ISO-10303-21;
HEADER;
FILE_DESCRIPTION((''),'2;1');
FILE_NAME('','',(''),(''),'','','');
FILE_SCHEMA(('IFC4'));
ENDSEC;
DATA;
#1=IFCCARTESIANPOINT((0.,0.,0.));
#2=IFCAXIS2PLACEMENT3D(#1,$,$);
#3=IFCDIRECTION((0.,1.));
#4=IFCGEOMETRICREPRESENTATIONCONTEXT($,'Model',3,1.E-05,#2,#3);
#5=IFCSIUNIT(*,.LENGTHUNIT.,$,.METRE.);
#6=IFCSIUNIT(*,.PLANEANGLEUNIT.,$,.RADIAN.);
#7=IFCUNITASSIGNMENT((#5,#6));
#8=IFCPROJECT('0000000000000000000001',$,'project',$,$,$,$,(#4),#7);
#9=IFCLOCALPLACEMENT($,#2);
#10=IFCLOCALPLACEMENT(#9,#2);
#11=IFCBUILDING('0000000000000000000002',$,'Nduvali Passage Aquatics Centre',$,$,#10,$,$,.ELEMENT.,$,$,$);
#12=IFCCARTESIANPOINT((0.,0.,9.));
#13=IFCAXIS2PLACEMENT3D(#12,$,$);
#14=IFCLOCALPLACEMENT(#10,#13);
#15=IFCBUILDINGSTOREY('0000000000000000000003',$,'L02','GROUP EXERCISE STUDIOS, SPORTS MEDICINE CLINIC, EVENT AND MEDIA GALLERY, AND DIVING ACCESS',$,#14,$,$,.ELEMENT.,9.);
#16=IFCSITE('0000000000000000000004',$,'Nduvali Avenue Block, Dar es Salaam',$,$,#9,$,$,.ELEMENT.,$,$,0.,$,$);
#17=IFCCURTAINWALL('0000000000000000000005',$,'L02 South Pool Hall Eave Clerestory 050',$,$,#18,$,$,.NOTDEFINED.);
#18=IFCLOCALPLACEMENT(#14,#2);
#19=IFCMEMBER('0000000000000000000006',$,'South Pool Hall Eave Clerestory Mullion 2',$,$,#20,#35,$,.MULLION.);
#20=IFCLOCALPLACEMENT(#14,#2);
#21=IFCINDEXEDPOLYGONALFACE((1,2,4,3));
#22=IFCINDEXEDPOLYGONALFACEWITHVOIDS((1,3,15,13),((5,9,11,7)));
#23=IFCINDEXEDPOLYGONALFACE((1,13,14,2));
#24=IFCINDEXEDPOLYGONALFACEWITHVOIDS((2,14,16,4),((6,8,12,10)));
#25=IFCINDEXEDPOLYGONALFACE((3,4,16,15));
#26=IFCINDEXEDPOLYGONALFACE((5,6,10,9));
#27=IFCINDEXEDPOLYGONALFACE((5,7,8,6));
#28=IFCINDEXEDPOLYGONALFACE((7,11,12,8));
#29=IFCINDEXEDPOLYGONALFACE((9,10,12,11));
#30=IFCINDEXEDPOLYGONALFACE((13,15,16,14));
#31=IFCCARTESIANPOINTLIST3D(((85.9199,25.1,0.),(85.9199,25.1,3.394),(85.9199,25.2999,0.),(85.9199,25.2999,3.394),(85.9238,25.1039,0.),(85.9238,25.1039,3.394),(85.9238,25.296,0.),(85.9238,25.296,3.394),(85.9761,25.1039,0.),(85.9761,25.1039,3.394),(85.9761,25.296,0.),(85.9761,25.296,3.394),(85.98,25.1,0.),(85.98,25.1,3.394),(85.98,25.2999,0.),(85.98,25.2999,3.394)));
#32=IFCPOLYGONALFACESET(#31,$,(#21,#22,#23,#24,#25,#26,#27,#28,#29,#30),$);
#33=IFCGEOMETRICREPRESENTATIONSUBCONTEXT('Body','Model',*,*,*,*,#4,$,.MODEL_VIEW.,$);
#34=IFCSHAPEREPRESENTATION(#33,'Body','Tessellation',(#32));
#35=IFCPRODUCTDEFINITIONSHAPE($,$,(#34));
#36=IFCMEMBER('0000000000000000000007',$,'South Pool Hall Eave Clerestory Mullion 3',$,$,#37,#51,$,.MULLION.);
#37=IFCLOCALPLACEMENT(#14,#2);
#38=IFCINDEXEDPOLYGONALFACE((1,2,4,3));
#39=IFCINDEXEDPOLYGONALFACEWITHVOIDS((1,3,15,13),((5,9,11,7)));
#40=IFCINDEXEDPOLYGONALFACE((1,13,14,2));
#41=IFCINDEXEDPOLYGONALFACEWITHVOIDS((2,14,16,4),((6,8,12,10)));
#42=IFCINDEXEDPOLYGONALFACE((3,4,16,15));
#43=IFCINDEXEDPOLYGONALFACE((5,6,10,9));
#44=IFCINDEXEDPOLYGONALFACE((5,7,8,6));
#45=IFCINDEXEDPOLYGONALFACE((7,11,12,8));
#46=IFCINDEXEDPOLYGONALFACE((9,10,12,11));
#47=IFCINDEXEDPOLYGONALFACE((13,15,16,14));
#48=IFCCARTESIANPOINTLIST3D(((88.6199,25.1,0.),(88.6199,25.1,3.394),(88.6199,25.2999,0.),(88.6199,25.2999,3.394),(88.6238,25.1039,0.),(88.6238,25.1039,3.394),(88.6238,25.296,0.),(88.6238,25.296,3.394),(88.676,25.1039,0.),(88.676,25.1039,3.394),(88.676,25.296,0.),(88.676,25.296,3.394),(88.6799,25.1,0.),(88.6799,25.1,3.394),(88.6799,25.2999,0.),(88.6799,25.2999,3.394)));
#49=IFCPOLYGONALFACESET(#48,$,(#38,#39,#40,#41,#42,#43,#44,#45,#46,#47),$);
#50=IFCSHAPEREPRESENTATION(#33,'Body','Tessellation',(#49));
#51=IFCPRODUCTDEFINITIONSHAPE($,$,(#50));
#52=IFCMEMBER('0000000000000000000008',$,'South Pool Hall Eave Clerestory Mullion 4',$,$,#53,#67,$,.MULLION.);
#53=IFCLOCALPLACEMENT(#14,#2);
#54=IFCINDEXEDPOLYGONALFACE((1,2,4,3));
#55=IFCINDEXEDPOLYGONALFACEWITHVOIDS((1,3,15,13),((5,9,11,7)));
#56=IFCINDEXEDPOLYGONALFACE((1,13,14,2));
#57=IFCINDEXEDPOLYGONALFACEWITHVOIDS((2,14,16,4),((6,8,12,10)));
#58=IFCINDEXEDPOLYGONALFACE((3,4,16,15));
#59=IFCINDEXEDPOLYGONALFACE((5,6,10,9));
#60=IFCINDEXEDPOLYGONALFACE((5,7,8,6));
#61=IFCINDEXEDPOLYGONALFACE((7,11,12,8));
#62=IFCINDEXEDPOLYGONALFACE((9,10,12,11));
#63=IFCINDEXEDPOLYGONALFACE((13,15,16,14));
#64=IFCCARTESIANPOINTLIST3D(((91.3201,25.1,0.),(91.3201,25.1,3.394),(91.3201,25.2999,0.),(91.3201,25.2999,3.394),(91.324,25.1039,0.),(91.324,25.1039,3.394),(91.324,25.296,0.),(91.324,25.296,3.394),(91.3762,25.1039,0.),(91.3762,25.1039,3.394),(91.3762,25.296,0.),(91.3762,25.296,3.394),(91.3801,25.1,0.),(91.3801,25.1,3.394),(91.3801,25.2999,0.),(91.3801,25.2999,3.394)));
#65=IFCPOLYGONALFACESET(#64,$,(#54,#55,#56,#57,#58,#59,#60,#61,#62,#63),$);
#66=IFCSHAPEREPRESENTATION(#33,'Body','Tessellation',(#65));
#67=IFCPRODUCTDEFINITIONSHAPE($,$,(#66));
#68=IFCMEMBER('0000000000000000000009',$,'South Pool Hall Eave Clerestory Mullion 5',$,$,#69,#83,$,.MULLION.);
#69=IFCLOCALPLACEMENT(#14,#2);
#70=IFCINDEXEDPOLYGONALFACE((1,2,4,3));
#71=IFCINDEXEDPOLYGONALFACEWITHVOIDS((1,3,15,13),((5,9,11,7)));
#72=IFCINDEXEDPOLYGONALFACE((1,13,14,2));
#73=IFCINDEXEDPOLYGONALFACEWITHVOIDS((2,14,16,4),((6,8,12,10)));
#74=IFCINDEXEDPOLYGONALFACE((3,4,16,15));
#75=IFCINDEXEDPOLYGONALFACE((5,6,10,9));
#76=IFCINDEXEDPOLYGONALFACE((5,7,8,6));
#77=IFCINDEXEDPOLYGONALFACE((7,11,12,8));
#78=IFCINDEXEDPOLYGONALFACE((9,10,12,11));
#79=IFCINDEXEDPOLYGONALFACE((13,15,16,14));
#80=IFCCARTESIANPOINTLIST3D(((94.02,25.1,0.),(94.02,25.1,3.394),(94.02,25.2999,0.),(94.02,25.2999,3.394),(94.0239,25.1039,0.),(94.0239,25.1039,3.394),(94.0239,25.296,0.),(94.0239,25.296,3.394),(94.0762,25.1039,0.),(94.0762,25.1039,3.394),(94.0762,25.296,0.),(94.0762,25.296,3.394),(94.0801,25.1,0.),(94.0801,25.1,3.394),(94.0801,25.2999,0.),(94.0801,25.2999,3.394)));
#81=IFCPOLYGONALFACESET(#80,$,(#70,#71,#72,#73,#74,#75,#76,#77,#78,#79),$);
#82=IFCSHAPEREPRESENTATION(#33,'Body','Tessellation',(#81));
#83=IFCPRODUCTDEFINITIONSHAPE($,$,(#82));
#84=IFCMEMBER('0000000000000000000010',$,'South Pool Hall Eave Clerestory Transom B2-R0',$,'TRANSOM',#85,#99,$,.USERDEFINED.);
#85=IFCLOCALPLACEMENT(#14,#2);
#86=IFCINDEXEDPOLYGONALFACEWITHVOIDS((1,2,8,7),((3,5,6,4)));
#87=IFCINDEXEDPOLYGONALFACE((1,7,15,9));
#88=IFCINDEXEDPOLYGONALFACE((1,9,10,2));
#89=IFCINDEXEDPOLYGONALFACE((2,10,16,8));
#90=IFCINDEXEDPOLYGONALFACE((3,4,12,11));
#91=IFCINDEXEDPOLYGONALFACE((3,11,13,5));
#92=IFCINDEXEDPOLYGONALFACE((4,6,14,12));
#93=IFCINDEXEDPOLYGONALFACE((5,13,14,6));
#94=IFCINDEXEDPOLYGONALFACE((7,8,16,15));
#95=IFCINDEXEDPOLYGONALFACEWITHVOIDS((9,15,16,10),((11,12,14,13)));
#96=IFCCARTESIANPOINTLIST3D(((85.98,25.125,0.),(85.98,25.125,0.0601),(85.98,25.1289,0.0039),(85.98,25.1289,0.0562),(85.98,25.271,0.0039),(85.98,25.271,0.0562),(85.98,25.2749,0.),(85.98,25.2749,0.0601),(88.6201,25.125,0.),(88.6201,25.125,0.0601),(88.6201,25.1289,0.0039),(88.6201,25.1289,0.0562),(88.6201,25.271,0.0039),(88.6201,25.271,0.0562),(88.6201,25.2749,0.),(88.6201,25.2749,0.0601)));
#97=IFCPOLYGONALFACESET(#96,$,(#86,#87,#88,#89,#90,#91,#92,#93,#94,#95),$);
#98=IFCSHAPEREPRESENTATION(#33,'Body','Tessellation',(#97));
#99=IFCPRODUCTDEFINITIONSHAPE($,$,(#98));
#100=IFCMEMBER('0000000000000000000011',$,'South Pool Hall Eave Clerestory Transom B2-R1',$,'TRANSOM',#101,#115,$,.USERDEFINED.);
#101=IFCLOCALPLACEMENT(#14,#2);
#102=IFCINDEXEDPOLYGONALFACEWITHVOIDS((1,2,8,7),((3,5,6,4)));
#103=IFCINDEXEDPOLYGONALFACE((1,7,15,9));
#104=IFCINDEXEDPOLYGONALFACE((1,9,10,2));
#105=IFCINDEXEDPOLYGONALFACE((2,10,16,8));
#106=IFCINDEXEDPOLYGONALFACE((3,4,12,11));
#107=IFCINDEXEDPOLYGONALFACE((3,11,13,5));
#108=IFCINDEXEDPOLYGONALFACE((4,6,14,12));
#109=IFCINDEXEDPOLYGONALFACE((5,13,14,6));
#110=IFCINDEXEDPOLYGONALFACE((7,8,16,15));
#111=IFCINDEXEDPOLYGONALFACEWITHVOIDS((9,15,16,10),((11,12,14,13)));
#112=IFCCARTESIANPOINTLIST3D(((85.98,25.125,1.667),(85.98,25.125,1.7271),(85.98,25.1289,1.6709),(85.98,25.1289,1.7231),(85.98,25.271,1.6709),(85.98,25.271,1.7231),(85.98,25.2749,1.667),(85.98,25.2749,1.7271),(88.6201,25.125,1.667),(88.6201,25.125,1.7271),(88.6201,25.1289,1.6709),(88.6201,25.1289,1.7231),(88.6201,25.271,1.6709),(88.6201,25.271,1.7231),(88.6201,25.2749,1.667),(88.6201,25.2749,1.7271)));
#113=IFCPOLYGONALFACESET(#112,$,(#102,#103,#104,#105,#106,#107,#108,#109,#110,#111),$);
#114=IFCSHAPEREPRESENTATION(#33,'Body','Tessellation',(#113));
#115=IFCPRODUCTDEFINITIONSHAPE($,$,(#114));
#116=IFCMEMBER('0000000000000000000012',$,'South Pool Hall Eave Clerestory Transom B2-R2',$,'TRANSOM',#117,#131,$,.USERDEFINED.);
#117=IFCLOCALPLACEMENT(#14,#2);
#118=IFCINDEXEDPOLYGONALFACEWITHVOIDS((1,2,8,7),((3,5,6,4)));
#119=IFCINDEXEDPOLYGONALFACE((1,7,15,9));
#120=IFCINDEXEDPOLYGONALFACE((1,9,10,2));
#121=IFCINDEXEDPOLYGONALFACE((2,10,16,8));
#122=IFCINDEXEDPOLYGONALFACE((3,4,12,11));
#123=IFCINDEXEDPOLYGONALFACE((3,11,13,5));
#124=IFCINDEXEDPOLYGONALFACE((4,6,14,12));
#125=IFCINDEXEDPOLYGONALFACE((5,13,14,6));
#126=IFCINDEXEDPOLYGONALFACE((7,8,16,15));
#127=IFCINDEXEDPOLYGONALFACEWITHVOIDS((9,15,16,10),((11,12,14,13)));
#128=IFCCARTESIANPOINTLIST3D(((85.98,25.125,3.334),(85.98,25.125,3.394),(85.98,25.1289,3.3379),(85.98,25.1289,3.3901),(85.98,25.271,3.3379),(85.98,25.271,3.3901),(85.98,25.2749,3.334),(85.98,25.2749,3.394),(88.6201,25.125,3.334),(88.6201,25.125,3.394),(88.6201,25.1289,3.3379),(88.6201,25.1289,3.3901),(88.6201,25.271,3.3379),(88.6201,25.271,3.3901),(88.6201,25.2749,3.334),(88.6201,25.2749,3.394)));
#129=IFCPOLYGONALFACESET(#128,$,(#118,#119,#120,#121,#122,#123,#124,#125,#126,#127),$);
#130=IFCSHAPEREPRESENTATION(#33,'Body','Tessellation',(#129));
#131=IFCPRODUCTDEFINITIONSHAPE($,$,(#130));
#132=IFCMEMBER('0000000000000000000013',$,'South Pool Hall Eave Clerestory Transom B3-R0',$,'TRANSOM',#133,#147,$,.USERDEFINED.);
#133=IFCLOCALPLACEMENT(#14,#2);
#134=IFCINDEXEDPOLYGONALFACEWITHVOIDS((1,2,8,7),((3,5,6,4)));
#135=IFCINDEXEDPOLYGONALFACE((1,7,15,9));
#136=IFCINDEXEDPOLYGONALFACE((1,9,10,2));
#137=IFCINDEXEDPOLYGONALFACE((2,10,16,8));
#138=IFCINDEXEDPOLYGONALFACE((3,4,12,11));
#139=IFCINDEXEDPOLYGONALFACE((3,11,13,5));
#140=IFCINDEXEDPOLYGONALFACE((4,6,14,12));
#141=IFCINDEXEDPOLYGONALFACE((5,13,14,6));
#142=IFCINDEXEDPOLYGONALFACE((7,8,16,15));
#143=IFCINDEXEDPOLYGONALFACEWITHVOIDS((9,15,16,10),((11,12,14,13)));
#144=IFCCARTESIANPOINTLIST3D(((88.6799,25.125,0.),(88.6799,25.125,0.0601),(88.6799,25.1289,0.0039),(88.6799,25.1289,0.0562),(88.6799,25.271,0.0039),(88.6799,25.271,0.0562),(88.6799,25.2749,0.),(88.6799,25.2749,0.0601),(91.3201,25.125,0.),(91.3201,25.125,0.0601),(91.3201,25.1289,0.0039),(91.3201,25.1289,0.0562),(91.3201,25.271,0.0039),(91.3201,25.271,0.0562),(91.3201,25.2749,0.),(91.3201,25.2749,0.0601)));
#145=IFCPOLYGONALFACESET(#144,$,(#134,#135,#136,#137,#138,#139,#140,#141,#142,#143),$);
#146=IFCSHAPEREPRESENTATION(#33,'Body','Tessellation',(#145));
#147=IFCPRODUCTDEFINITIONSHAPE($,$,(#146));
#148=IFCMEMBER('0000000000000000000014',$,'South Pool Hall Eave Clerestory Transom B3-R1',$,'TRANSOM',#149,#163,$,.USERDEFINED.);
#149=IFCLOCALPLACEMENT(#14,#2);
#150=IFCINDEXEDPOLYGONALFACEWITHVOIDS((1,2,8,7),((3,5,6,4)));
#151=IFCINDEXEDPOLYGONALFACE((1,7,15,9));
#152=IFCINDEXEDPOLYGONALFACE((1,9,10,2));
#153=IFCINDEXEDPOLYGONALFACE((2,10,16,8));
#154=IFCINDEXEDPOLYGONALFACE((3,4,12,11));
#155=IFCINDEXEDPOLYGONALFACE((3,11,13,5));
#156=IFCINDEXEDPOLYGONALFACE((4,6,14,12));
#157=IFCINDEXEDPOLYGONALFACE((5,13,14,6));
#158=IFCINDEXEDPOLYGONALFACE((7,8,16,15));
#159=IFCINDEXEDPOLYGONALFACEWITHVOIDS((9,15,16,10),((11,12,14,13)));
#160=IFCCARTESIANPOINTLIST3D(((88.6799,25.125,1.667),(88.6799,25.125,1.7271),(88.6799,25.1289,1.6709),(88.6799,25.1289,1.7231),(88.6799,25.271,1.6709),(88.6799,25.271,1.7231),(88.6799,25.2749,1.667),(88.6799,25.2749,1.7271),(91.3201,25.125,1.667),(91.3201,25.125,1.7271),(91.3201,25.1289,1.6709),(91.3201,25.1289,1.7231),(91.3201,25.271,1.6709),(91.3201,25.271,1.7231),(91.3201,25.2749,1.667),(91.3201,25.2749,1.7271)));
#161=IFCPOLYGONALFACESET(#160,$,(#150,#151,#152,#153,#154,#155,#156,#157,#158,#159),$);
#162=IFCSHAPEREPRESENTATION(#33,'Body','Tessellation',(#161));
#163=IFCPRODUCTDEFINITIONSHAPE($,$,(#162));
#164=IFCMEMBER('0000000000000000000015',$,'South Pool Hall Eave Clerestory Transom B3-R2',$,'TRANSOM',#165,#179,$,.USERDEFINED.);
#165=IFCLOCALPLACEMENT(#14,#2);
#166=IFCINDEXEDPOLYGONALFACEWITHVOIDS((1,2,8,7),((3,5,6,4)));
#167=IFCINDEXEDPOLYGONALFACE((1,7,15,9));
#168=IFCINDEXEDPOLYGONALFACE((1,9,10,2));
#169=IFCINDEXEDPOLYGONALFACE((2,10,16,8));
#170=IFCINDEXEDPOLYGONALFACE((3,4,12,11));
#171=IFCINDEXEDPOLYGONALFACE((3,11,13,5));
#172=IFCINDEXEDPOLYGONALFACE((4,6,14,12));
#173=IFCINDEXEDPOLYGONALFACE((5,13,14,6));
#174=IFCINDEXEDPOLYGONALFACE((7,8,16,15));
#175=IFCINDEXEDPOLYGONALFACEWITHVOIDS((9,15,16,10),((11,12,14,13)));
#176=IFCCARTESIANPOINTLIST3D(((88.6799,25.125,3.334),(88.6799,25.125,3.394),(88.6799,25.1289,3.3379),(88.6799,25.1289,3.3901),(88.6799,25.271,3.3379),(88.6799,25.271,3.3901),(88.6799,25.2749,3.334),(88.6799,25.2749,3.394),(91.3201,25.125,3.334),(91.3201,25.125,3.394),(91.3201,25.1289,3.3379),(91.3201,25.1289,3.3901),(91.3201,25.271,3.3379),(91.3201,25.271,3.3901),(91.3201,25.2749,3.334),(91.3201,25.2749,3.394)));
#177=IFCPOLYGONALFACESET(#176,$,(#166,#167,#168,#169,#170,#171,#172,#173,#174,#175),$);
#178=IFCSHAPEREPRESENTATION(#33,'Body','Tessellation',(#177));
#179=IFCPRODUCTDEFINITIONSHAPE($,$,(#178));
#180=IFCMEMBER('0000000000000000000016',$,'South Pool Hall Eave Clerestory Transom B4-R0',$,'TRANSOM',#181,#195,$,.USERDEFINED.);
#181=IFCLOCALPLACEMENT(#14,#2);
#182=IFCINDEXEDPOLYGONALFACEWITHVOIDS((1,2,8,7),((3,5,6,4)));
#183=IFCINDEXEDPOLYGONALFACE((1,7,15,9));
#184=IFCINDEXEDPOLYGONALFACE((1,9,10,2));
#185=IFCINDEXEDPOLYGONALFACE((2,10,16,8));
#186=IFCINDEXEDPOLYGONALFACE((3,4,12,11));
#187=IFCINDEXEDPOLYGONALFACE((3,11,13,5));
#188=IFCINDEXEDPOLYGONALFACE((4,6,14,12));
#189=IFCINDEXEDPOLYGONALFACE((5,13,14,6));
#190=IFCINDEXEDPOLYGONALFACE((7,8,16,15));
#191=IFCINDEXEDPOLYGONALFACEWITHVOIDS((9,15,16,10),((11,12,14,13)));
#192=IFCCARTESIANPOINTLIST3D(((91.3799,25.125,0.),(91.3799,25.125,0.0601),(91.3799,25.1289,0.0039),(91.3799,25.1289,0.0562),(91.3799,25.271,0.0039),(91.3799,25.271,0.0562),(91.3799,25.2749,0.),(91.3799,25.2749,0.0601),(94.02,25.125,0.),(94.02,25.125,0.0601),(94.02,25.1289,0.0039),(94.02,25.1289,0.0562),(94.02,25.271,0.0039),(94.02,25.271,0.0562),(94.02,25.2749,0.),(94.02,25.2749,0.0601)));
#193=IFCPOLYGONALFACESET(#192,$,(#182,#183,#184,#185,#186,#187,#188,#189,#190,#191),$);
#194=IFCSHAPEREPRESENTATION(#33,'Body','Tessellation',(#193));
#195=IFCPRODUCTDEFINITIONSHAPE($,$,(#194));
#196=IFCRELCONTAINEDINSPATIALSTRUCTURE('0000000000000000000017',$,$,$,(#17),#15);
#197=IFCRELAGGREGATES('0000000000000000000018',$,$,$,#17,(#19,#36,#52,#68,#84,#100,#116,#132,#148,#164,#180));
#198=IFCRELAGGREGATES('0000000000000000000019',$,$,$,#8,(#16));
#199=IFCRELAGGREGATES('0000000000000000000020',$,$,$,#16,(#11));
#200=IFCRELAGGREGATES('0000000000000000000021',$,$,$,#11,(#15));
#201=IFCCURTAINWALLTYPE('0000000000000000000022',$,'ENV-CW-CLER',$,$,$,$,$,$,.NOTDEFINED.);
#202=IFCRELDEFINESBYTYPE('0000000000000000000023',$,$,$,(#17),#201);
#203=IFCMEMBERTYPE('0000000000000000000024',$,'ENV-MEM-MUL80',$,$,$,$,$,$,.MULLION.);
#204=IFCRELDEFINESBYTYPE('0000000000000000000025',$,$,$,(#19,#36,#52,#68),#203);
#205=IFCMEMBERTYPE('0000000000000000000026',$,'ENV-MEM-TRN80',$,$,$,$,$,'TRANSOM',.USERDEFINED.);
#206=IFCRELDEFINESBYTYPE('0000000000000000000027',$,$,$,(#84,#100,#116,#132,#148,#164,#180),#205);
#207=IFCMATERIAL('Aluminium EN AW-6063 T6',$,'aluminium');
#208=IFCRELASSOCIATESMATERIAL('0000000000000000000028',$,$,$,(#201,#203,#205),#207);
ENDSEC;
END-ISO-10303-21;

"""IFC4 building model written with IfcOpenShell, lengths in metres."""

from ifc_helpers import new_model, si_unit, direction, frame, origin, origin_2d, place, context, subcontext, project, spatial, hollow_rectangle, extrude, material, material_profile, profile_set, type_object, element, aggregate, save


model = new_model("IFC4")

# Units and contexts
model_context = context("Model", 3, precision=1e-05, world=origin(), true_north=direction((0.0, 1.0)))
body_context = subcontext(model_context, "Body", "Model", "MODEL_VIEW")
ifc_project = project(units=[si_unit("LENGTHUNIT", "METRE"), si_unit("PLANEANGLEUNIT", "RADIAN")], contexts=[model_context])

# Site, building, storey
site_placement = place(None, origin())
site = spatial("IfcSite", under=ifc_project, at=site_placement, Name="Nduvali Avenue Block, Dar es Salaam", CompositionType="ELEMENT", RefElevation=0.0)
building_placement = place(site_placement, origin())
building = spatial("IfcBuilding", under=site, at=building_placement, Name="Nduvali Passage Aquatics Centre", CompositionType="ELEMENT")
storey_placement = place(building_placement, frame((0.0, 0.0, 9.0)))
storey = spatial("IfcBuildingStorey", under=building, at=storey_placement, Name="L02", Description="GROUP EXERCISE STUDIOS, SPORTS MEDICINE CLINIC, EVENT AND MEDIA GALLERY, AND DIVING ACCESS", CompositionType="ELEMENT", Elevation=9.0)

# Curtain wall, members
ifc_material_1 = material(Name="Aluminium EN AW-6063 T6", Category="aluminium")
curtain_wall_type = type_object("IfcCurtainWallType", Name="ENV-CW-CLER", PredefinedType="NOTDEFINED", material=ifc_material_1)
curtain_wall_placement = place(storey_placement, origin())
curtain_wall = element("IfcCurtainWall", 1, at=curtain_wall_placement, inside=storey, type_object=curtain_wall_type, Name="L02 South Pool Hall Eave Clerestory 050", PredefinedType="NOTDEFINED")
ifc_material_profile_1 = material_profile(ifc_material_1, hollow_rectangle(XDim=0.0601, YDim=0.2, WallThickness=0.0039, at=origin_2d()), Name="ALU MULLION 60x200x4")
ifc_profile_set_1 = profile_set([ifc_material_profile_1], Name="Aluminium EN AW-6063 T6")
member_type_1 = type_object("IfcMemberType", Name="ENV-MEM-MUL80", PredefinedType="MULLION", material=ifc_profile_set_1)
member_1_placement = place(storey_placement, frame((85.95, 25.2, 0.0), z_axis=(0.0, 0.0, 1.0), x_axis=(1.0, 0.0, 0.0)))
member_1 = element("IfcMember", 2, at=member_1_placement, type_object=member_type_1, Name="South Pool Hall Eave Clerestory Mullion 2", PredefinedType="MULLION", context=body_context, shape_type="SweptSolid", body=[
    extrude(hollow_rectangle(XDim=0.0601, YDim=0.2, WallThickness=0.0039, at=origin_2d()), origin(), (0.0, 0.0, 1.0), 3.394),
])
member_2_placement = place(storey_placement, frame((88.6499, 25.2, 0.0), z_axis=(0.0, 0.0, 1.0), x_axis=(1.0, 0.0, 0.0)))
member_2 = element("IfcMember", 3, at=member_2_placement, type_object=member_type_1, Name="South Pool Hall Eave Clerestory Mullion 3", PredefinedType="MULLION", context=body_context, shape_type="SweptSolid", body=[
    extrude(hollow_rectangle(XDim=0.0601, YDim=0.2, WallThickness=0.0039, at=origin_2d()), origin(), (0.0, 0.0, 1.0), 3.394),
])
member_3_placement = place(storey_placement, frame((91.3501, 25.2, 0.0), z_axis=(0.0, 0.0, 1.0), x_axis=(1.0, 0.0, 0.0)))
member_3 = element("IfcMember", 4, at=member_3_placement, type_object=member_type_1, Name="South Pool Hall Eave Clerestory Mullion 4", PredefinedType="MULLION", context=body_context, shape_type="SweptSolid", body=[
    extrude(hollow_rectangle(XDim=0.0601, YDim=0.2, WallThickness=0.0039, at=origin_2d()), origin(), (0.0, 0.0, 1.0), 3.394),
])
member_4_placement = place(storey_placement, frame((94.05, 25.2, 0.0), z_axis=(0.0, 0.0, 1.0), x_axis=(1.0, 0.0, 0.0)))
member_4 = element("IfcMember", 5, at=member_4_placement, type_object=member_type_1, Name="South Pool Hall Eave Clerestory Mullion 5", PredefinedType="MULLION", context=body_context, shape_type="SweptSolid", body=[
    extrude(hollow_rectangle(XDim=0.0601, YDim=0.2, WallThickness=0.0039, at=origin_2d()), origin(), (0.0, 0.0, 1.0), 3.394),
])
ifc_material_profile_2 = material_profile(ifc_material_1, hollow_rectangle(XDim=0.1499, YDim=0.0601, WallThickness=0.0039, at=origin_2d()), Name="ALU TRANSOM 150x60x4")
ifc_profile_set_2 = profile_set([ifc_material_profile_2], Name="Aluminium EN AW-6063 T6")
member_type_2 = type_object("IfcMemberType", Name="ENV-MEM-TRN80", ElementType="TRANSOM", PredefinedType="USERDEFINED", material=ifc_profile_set_2)
member_5_placement = place(storey_placement, frame((85.98, 25.2, 0.03), z_axis=(1.0, 0.0, 0.0), x_axis=(0.0, 1.0, 0.0)))
member_5 = element("IfcMember", 6, at=member_5_placement, type_object=member_type_2, Name="South Pool Hall Eave Clerestory Transom B2-R0", ObjectType="TRANSOM", PredefinedType="USERDEFINED", context=body_context, shape_type="SweptSolid", body=[
    extrude(hollow_rectangle(XDim=0.1499, YDim=0.0601, WallThickness=0.0039, at=origin_2d()), origin(), (0.0, 0.0, 1.0), 2.6401),
])
member_6_placement = place(storey_placement, frame((85.98, 25.2, 1.697), z_axis=(1.0, 0.0, 0.0), x_axis=(0.0, 1.0, 0.0)))
member_6 = element("IfcMember", 7, at=member_6_placement, type_object=member_type_2, Name="South Pool Hall Eave Clerestory Transom B2-R1", ObjectType="TRANSOM", PredefinedType="USERDEFINED", context=body_context, shape_type="SweptSolid", body=[
    extrude(hollow_rectangle(XDim=0.1499, YDim=0.0601, WallThickness=0.0039, at=origin_2d()), origin(), (0.0, 0.0, 1.0), 2.6401),
])
member_7_placement = place(storey_placement, frame((85.98, 25.2, 3.364), z_axis=(1.0, 0.0, 0.0), x_axis=(0.0, 1.0, 0.0)))
member_7 = element("IfcMember", 8, at=member_7_placement, type_object=member_type_2, Name="South Pool Hall Eave Clerestory Transom B2-R2", ObjectType="TRANSOM", PredefinedType="USERDEFINED", context=body_context, shape_type="SweptSolid", body=[
    extrude(hollow_rectangle(XDim=0.1499, YDim=0.0601, WallThickness=0.0039, at=origin_2d()), origin(), (0.0, 0.0, 1.0), 2.6401),
])
member_8_placement = place(storey_placement, frame((88.6799, 25.2, 0.03), z_axis=(1.0, 0.0, 0.0), x_axis=(0.0, 1.0, 0.0)))
member_8 = element("IfcMember", 9, at=member_8_placement, type_object=member_type_2, Name="South Pool Hall Eave Clerestory Transom B3-R0", ObjectType="TRANSOM", PredefinedType="USERDEFINED", context=body_context, shape_type="SweptSolid", body=[
    extrude(hollow_rectangle(XDim=0.1499, YDim=0.0601, WallThickness=0.0039, at=origin_2d()), origin(), (0.0, 0.0, 1.0), 2.6401),
])
member_9_placement = place(storey_placement, frame((88.6799, 25.2, 1.697), z_axis=(1.0, 0.0, 0.0), x_axis=(0.0, 1.0, 0.0)))
member_9 = element("IfcMember", 10, at=member_9_placement, type_object=member_type_2, Name="South Pool Hall Eave Clerestory Transom B3-R1", ObjectType="TRANSOM", PredefinedType="USERDEFINED", context=body_context, shape_type="SweptSolid", body=[
    extrude(hollow_rectangle(XDim=0.1499, YDim=0.0601, WallThickness=0.0039, at=origin_2d()), origin(), (0.0, 0.0, 1.0), 2.6401),
])
member_10_placement = place(storey_placement, frame((88.6799, 25.2, 3.364), z_axis=(1.0, 0.0, 0.0), x_axis=(0.0, 1.0, 0.0)))
member_10 = element("IfcMember", 11, at=member_10_placement, type_object=member_type_2, Name="South Pool Hall Eave Clerestory Transom B3-R2", ObjectType="TRANSOM", PredefinedType="USERDEFINED", context=body_context, shape_type="SweptSolid", body=[
    extrude(hollow_rectangle(XDim=0.1499, YDim=0.0601, WallThickness=0.0039, at=origin_2d()), origin(), (0.0, 0.0, 1.0), 2.6401),
])
member_11_placement = place(storey_placement, frame((91.3799, 25.2, 0.03), z_axis=(1.0, 0.0, 0.0), x_axis=(0.0, 1.0, 0.0)))
member_11 = element("IfcMember", 12, at=member_11_placement, type_object=member_type_2, Name="South Pool Hall Eave Clerestory Transom B4-R0", ObjectType="TRANSOM", PredefinedType="USERDEFINED", context=body_context, shape_type="SweptSolid", body=[
    extrude(hollow_rectangle(XDim=0.1499, YDim=0.0601, WallThickness=0.0039, at=origin_2d()), origin(), (0.0, 0.0, 1.0), 2.6401),
])

aggregate(curtain_wall, [member_1, member_2, member_3, member_4, member_5, member_6, member_7, member_8, member_9, member_10, member_11])

save(model, "model.ifc")
